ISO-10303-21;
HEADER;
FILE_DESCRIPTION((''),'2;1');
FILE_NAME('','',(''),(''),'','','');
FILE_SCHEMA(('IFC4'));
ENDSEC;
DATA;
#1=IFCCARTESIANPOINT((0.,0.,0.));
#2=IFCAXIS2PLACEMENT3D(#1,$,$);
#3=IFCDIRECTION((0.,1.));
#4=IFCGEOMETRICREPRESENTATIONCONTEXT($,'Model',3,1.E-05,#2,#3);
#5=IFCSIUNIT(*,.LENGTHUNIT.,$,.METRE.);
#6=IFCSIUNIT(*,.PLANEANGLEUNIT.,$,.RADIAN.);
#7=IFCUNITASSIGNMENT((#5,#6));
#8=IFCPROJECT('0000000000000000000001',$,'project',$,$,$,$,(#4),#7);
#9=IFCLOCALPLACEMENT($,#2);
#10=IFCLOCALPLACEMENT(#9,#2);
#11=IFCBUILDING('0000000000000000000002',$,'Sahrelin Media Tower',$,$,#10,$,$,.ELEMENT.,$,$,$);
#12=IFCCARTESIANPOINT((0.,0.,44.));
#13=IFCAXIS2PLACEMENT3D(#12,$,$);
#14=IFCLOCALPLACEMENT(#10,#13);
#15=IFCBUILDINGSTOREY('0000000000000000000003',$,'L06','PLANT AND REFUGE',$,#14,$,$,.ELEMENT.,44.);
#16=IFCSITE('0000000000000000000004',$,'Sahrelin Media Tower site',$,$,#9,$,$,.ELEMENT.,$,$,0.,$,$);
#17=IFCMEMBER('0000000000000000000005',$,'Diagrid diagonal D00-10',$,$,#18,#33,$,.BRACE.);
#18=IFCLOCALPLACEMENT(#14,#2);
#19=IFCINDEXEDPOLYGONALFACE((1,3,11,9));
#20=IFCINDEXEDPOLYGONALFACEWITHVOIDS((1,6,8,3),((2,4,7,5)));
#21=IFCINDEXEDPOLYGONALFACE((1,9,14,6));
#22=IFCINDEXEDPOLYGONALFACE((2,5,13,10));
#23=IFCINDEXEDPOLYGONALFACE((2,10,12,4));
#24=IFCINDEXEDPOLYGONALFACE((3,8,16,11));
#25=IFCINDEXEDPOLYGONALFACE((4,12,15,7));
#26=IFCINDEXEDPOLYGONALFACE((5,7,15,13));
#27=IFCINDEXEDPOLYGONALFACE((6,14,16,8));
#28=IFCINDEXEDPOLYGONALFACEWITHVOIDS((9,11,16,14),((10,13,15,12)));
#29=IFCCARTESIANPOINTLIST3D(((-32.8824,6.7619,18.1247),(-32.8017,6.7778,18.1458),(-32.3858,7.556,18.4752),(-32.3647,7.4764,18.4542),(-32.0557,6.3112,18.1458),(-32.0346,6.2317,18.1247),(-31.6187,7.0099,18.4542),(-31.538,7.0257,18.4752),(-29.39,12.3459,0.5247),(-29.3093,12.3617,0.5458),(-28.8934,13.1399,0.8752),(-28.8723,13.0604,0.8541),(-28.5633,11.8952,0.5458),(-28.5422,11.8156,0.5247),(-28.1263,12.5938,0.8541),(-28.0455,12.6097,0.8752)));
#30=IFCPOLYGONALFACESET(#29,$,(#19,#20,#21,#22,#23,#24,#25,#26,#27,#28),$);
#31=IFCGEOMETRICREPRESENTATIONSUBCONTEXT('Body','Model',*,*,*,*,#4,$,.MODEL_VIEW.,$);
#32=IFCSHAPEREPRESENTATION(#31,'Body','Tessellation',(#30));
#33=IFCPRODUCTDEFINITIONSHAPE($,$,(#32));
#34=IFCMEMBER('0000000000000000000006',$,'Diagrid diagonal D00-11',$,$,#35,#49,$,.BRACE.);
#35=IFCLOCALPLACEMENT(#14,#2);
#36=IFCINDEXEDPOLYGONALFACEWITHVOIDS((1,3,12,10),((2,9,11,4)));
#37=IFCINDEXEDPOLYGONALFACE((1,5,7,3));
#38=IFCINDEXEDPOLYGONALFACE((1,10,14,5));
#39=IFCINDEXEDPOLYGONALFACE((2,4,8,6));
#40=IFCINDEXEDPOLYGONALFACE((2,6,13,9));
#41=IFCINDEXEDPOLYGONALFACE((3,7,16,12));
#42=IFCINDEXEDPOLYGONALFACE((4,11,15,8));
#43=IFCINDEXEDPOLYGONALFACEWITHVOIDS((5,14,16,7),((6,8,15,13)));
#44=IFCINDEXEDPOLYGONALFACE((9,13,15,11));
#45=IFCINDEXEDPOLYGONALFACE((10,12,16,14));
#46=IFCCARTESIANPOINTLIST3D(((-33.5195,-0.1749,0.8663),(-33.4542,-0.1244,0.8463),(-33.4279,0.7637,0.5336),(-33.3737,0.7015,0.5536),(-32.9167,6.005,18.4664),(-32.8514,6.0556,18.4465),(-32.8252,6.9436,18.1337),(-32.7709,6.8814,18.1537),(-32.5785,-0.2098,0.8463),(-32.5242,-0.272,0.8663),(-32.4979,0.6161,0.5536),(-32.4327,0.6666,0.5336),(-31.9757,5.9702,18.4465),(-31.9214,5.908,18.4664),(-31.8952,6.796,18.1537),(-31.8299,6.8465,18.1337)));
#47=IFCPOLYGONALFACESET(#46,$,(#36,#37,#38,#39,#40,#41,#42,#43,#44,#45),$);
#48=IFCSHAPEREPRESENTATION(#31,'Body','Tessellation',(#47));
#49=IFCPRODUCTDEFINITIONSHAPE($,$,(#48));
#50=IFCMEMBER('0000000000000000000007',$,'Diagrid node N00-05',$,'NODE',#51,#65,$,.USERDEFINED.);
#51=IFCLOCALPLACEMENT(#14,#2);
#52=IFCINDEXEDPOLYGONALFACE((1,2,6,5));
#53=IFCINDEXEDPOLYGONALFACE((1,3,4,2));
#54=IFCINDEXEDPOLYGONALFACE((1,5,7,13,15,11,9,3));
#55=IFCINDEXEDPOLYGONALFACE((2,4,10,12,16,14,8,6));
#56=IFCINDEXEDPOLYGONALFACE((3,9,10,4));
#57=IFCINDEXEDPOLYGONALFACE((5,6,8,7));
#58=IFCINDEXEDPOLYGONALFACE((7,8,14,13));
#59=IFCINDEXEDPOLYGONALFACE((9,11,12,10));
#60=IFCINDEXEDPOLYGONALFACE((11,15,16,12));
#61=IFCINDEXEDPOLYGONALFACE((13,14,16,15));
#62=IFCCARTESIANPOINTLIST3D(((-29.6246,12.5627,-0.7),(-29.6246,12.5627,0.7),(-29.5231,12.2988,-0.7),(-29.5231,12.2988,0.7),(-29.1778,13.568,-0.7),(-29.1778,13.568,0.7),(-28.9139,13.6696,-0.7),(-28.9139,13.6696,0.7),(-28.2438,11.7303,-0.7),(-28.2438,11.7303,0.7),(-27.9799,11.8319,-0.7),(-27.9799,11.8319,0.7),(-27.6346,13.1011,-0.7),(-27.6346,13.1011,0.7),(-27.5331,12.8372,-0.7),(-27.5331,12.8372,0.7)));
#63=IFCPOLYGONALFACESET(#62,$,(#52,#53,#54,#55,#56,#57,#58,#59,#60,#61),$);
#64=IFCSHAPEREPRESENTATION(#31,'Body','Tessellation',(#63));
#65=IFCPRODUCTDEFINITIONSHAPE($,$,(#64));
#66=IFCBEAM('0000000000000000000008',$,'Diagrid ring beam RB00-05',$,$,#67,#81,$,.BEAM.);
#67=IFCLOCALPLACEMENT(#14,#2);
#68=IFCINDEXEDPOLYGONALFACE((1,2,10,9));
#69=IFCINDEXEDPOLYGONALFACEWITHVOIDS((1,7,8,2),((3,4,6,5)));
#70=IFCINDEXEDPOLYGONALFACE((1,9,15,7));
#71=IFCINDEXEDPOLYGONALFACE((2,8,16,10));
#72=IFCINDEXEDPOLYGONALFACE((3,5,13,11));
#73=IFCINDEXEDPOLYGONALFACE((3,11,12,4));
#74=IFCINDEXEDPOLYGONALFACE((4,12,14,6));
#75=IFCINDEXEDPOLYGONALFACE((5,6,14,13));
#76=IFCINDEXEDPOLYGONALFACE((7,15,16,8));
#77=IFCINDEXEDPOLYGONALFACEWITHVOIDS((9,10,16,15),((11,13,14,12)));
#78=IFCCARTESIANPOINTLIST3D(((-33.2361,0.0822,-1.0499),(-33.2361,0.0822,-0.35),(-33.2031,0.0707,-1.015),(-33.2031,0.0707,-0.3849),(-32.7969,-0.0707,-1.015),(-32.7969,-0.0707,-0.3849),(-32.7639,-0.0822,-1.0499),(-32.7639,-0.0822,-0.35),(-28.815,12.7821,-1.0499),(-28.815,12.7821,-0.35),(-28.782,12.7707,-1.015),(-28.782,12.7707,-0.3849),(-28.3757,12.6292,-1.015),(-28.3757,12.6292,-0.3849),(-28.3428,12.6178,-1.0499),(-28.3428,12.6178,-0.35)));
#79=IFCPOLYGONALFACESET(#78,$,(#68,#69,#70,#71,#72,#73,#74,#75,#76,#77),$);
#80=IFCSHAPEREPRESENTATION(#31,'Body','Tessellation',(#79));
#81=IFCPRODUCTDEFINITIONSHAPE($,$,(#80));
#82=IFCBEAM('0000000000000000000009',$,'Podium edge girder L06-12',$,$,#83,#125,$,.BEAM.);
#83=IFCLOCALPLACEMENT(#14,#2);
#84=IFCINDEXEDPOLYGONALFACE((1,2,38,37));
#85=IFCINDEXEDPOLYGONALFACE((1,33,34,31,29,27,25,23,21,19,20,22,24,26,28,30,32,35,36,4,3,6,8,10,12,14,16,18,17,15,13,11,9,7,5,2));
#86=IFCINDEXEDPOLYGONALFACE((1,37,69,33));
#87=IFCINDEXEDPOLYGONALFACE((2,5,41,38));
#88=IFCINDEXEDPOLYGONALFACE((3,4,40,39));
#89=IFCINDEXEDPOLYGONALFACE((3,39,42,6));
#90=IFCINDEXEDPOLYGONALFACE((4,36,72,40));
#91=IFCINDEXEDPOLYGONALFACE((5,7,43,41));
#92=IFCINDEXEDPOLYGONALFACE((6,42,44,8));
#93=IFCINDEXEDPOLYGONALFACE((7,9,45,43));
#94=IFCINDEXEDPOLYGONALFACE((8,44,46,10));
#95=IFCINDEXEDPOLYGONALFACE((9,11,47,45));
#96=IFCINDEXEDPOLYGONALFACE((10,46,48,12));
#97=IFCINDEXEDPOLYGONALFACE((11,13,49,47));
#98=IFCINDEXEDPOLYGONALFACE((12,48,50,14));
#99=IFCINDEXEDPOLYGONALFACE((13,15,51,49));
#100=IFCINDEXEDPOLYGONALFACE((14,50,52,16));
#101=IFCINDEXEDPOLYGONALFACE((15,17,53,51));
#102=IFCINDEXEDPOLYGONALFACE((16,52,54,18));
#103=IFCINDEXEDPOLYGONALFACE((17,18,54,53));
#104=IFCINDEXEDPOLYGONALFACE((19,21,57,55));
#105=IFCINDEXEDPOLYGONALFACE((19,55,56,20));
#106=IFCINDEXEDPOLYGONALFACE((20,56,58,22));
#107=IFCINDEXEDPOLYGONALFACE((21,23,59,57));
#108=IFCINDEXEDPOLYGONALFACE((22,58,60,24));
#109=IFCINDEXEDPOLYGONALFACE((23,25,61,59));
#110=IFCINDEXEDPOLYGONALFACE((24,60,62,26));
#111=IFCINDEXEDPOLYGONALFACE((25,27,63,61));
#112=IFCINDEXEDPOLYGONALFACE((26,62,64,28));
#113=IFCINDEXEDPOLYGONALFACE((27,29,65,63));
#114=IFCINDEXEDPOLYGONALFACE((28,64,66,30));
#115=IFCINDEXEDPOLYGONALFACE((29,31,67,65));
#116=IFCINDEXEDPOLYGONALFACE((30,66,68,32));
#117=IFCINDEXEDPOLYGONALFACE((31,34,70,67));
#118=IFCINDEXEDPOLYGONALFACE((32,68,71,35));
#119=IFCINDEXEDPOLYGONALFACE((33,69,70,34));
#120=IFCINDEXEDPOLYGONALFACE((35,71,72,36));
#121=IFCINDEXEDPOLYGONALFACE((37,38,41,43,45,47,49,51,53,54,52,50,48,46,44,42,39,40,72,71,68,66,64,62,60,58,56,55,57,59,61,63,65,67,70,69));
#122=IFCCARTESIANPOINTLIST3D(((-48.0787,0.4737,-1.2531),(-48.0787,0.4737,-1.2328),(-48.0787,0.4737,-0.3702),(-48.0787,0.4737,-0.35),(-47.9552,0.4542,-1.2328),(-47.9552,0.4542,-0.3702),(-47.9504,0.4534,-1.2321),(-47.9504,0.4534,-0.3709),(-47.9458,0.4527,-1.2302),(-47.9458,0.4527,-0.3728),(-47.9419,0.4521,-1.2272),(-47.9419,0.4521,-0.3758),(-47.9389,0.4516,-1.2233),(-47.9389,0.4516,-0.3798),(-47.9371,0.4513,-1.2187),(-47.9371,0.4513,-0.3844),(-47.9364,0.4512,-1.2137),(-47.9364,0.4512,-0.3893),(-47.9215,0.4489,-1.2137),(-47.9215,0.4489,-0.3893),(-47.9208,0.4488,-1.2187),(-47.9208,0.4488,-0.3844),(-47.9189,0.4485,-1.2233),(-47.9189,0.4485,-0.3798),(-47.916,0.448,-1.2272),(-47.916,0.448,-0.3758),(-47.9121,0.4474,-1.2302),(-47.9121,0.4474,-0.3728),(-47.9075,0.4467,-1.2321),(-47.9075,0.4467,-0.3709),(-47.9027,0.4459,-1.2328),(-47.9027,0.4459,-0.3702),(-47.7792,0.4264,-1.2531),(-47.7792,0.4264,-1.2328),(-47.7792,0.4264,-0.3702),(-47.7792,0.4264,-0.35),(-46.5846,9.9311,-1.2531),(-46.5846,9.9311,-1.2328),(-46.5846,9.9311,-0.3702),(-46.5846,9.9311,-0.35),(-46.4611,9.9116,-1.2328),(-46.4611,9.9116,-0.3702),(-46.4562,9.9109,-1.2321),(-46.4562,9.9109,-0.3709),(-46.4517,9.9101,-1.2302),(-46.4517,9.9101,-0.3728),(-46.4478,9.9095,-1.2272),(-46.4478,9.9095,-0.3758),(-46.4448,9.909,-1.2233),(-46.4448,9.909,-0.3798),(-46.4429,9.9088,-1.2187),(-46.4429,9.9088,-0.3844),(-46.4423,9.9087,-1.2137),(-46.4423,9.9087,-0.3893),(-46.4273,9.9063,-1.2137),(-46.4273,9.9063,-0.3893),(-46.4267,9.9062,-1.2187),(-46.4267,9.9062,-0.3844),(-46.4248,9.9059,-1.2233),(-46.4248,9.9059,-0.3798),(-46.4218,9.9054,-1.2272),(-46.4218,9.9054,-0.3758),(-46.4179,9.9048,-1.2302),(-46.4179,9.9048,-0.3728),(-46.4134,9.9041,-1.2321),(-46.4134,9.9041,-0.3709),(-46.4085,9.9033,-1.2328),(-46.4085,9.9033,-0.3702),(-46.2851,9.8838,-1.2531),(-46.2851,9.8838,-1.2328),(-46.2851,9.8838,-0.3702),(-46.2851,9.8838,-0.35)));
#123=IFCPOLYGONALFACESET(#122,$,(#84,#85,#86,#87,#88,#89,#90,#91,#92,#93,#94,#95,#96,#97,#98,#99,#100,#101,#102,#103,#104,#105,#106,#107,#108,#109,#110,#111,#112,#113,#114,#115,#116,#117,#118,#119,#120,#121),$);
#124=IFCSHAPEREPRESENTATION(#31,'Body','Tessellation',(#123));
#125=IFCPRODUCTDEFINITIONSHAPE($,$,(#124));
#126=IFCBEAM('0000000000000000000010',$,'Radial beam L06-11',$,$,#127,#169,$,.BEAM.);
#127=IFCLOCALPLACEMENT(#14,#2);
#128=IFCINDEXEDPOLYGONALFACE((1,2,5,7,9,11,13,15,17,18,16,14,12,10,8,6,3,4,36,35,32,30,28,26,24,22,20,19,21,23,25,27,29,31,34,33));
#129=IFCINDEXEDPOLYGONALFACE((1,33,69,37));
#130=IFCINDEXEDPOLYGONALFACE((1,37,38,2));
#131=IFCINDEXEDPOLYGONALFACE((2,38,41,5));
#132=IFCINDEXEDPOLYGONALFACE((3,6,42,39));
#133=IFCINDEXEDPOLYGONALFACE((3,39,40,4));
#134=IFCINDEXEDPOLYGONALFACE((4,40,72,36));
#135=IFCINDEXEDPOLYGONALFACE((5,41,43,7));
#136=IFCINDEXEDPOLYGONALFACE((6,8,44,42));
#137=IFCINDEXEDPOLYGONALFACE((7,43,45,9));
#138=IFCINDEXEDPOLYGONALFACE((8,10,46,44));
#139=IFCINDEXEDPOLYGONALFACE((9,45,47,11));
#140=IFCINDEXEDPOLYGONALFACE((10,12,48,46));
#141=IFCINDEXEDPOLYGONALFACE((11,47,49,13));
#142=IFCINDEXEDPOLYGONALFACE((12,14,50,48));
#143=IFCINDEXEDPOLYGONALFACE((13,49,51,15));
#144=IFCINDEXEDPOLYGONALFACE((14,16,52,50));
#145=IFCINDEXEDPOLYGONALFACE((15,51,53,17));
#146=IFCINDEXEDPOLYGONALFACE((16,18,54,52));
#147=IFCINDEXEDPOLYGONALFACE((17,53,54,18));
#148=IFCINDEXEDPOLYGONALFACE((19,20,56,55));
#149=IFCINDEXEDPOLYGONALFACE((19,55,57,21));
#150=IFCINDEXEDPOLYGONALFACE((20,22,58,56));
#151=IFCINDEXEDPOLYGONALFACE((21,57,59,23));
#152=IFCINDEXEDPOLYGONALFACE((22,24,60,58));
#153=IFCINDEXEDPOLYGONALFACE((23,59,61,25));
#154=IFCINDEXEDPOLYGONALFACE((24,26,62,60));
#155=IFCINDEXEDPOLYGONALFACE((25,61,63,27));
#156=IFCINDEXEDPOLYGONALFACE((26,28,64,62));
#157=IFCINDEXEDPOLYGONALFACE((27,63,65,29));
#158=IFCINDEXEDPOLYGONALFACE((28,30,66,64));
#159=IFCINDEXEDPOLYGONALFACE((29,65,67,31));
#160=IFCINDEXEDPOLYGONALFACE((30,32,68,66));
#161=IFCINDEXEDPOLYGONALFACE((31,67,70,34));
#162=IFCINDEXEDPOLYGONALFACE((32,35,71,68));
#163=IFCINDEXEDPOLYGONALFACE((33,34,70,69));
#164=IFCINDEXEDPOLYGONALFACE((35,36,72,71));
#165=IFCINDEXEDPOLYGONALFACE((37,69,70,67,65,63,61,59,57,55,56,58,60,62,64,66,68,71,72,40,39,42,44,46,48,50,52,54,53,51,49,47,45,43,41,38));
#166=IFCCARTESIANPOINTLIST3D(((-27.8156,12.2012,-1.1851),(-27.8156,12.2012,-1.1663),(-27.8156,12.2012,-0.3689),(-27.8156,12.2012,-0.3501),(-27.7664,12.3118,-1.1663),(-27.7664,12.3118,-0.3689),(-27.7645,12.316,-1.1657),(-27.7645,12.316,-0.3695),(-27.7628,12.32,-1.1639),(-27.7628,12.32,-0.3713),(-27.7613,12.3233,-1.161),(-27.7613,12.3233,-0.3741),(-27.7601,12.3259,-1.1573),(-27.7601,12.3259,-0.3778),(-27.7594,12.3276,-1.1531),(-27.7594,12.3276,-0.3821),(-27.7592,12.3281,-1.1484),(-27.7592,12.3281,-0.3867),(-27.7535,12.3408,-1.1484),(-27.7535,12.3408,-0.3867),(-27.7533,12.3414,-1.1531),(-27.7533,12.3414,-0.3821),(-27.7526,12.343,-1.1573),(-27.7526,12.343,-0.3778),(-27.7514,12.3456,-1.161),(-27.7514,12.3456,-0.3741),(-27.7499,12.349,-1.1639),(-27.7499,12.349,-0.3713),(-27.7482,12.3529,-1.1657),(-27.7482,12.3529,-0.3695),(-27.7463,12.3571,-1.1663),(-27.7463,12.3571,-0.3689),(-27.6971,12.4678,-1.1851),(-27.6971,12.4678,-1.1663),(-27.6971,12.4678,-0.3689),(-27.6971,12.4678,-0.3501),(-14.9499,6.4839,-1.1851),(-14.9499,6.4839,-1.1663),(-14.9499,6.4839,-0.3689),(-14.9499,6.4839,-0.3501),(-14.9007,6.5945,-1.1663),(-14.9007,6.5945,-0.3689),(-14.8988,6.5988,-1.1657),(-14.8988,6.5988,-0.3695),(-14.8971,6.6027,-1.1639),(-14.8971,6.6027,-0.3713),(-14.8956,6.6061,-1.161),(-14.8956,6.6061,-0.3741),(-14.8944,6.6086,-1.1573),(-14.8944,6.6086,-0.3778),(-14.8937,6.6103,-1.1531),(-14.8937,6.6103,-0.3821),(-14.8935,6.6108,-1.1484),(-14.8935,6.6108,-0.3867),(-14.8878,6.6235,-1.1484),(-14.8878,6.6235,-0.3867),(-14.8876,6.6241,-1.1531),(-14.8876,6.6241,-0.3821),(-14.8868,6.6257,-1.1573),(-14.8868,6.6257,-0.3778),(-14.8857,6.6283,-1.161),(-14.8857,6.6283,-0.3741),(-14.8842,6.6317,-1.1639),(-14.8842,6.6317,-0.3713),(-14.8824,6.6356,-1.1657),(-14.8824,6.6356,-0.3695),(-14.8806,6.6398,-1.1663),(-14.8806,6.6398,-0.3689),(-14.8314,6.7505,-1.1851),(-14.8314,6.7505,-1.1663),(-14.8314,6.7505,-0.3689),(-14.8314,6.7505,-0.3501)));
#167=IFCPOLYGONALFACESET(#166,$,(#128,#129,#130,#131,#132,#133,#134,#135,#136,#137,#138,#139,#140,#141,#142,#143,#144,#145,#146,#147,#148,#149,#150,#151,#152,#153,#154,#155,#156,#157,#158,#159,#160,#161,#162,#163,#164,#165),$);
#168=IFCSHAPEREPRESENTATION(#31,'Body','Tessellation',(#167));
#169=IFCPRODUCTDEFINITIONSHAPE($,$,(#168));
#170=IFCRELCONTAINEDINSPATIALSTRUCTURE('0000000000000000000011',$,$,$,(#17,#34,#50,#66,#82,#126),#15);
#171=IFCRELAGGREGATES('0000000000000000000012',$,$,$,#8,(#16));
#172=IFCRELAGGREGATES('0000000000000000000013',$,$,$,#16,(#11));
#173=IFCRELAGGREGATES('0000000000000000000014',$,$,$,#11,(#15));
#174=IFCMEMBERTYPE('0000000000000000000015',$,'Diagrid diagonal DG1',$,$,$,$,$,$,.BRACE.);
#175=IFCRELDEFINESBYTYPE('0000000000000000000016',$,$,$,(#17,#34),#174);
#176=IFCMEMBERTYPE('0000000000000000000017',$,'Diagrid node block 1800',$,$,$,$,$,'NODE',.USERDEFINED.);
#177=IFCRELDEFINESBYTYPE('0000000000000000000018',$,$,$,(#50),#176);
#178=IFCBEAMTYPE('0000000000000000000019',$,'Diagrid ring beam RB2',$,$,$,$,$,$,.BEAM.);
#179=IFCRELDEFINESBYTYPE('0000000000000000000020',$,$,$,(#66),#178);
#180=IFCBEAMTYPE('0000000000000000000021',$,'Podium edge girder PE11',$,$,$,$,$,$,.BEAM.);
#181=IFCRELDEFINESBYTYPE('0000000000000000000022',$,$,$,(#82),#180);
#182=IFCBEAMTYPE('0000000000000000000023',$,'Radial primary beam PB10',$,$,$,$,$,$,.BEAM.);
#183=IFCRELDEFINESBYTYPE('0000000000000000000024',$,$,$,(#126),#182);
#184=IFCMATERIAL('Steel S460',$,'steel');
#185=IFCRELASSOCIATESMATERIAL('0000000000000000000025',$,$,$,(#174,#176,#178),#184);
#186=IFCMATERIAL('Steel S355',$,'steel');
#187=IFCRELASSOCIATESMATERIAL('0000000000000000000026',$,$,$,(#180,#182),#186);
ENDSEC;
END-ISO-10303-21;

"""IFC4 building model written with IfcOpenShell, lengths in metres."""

from ifc_helpers import new_model, si_unit, direction, frame, origin, origin_2d, place, context, subcontext, project, spatial, polyline, hollow_rectangle, i_section, outline, extrude, material, material_profile, profile_set, type_object, element, save


model = new_model("IFC4")

# Units and contexts
model_context = context("Model", 3, precision=1e-05, world=origin(), true_north=direction((0.0, 1.0)))
body_context = subcontext(model_context, "Body", "Model", "MODEL_VIEW")
ifc_project = project(units=[si_unit("LENGTHUNIT", "METRE"), si_unit("PLANEANGLEUNIT", "RADIAN")], contexts=[model_context])

# Site, building, storey
site_placement = place(None, origin())
site = spatial("IfcSite", under=ifc_project, at=site_placement, Name="Sahrelin Media Tower site", CompositionType="ELEMENT", RefElevation=0.0)
building_placement = place(site_placement, origin())
building = spatial("IfcBuilding", under=site, at=building_placement, Name="Sahrelin Media Tower", CompositionType="ELEMENT")
storey_placement = place(building_placement, frame((0.0, 0.0, 44.0)))
storey = spatial("IfcBuildingStorey", under=building, at=storey_placement, Name="L06", Description="PLANT AND REFUGE", CompositionType="ELEMENT", Elevation=44.0)

# Members
ifc_material_1 = material(Name="Steel S460", Category="steel")
ifc_material_profile_1 = material_profile(ifc_material_1, hollow_rectangle(XDim=1.0, YDim=1.0, WallThickness=0.0601, at=origin_2d()), Name="Diagrid diagonal DG1")
ifc_profile_set_1 = profile_set([ifc_material_profile_1], Name="Steel S460")
member_type_1 = type_object("IfcMemberType", Name="Diagrid diagonal DG1", PredefinedType="BRACE", material=ifc_profile_set_1)
member_1_placement = place(storey_placement, frame((-28.7178, 12.4778, 0.7), z_axis=(-0.185846, -0.297146, 0.936571), x_axis=(0.847832, -0.530265, 0.0)))
element("IfcMember", 1, at=member_1_placement, inside=storey, type_object=member_type_1, Name="Diagrid diagonal D00-10", PredefinedType="BRACE", context=body_context, shape_type="SweptSolid", body=[
    extrude(hollow_rectangle(XDim=1.0, YDim=1.0, WallThickness=0.0601, at=origin_2d()), origin(), (0.0, 0.0, 1.0), 18.792),
])
member_2_placement = place(storey_placement, frame((-32.9761, 0.2458, 0.7), z_axis=(0.032298, 0.331128, 0.943033), x_axis=(-0.995277, 0.097078, 0.0)))
element("IfcMember", 2, at=member_2_placement, inside=storey, type_object=member_type_1, Name="Diagrid diagonal D00-11", PredefinedType="BRACE", context=body_context, shape_type="SweptSolid", body=[
    extrude(hollow_rectangle(XDim=1.0, YDim=1.0, WallThickness=0.0601, at=origin_2d()), origin(), (0.0, 0.0, 1.0), 18.6633),
])
ifc_material_profile_2 = material_profile(ifc_material_1, outline(polyline([(0.7, -0.75), (0.8999, -0.55), (0.8999, 0.55), (0.7, 0.75), (-0.7, 0.75), (-0.8999, 0.55), (-0.8999, -0.55), (-0.7, -0.75), (0.7, -0.75)])), Name="Diagrid node block 1800")
ifc_profile_set_2 = profile_set([ifc_material_profile_2], Name="Steel S460")
member_type_2 = type_object("IfcMemberType", Name="Diagrid node block 1800", ElementType="NODE", PredefinedType="USERDEFINED", material=ifc_profile_set_2)
member_3_placement = place(storey_placement, frame((-28.5789, 12.7, -0.7), z_axis=(0.0, 0.0, 1.0), x_axis=(-0.913831, 0.406094, 0.0)))
element("IfcMember", 3, at=member_3_placement, inside=storey, type_object=member_type_2, Name="Diagrid node N00-05", ObjectType="NODE", PredefinedType="USERDEFINED", context=body_context, shape_type="SweptSolid", body=[
    extrude(outline(polyline([(0.7, -0.75), (0.8999, -0.55), (0.8999, 0.55), (0.7, 0.75), (-0.7, 0.75), (-0.8999, 0.55), (-0.8999, -0.55), (-0.7, -0.75), (0.7, -0.75)])), origin(), (0.0, 0.0, 1.0), 1.3999),
])

# Beams
ifc_material_profile_3 = material_profile(ifc_material_1, hollow_rectangle(XDim=0.5, YDim=0.7, WallThickness=0.0349, at=origin_2d()), Name="Diagrid ring beam RB2")
ifc_profile_set_3 = profile_set([ifc_material_profile_3], Name="Steel S460")
beam_type_1 = type_object("IfcBeamType", Name="Diagrid ring beam RB2", PredefinedType="BEAM", material=ifc_profile_set_3)
beam_1_placement = place(storey_placement, frame((-28.5789, 12.7, -0.7), z_axis=(-0.328771, -0.94441, 0.0), x_axis=(0.94441, -0.328771, 0.0)))
element("IfcBeam", 4, at=beam_1_placement, inside=storey, type_object=beam_type_1, Name="Diagrid ring beam RB00-05", PredefinedType="BEAM", context=body_context, shape_type="SweptSolid", body=[
    extrude(hollow_rectangle(XDim=0.5, YDim=0.7, WallThickness=0.0349, at=origin_2d()), origin(), (0.0, 0.0, 1.0), 13.4475),
])
ifc_material_2 = material(Name="Steel S355", Category="steel")
ifc_material_profile_4 = material_profile(ifc_material_2, i_section(OverallWidth=0.3032, OverallDepth=0.9031, WebThickness=0.0151, FlangeThickness=0.0203, FilletRadius=0.019, at=origin_2d()), Name="UB 914x305x201")
ifc_profile_set_4 = profile_set([ifc_material_profile_4], Name="Steel S355")
beam_type_2 = type_object("IfcBeamType", Name="Podium edge girder PE11", PredefinedType="BEAM", material=ifc_profile_set_4)
beam_2_placement = place(storey_placement, frame((-46.4348, 9.9075, -0.8015), z_axis=(-0.156049, -0.987749, 0.0), x_axis=(0.987749, -0.156049, 0.0)))
element("IfcBeam", 5, at=beam_2_placement, inside=storey, type_object=beam_type_2, Name="Podium edge girder L06-12", PredefinedType="BEAM", context=body_context, shape_type="SweptSolid", body=[
    extrude(i_section(OverallWidth=0.3032, OverallDepth=0.9031, WebThickness=0.0151, FlangeThickness=0.0203, FilletRadius=0.019, at=origin_2d()), origin(), (0.0, 0.0, 1.0), 9.5747),
])
ifc_material_profile_5 = material_profile(ifc_material_2, i_section(OverallWidth=0.2917, OverallDepth=0.835, WebThickness=0.0139, FlangeThickness=0.0188, FilletRadius=0.0178, at=origin_2d()), Name="UB 838x292x176")
ifc_profile_set_5 = profile_set([ifc_material_profile_5], Name="Steel S355")
beam_type_3 = type_object("IfcBeamType", Name="Radial primary beam PB10", PredefinedType="BEAM", material=ifc_profile_set_5)
beam_3_placement = place(storey_placement, frame((-14.8906, 6.6172, -0.7676), z_axis=(-0.913833, 0.40609, 0.0), x_axis=(-0.40609, -0.913833, 0.0)))
element("IfcBeam", 6, at=beam_3_placement, inside=storey, type_object=beam_type_3, Name="Radial beam L06-11", PredefinedType="BEAM", context=body_context, shape_type="SweptSolid", body=[
    extrude(i_section(OverallWidth=0.2917, OverallDepth=0.835, WebThickness=0.0139, FlangeThickness=0.0188, FilletRadius=0.0178, at=origin_2d()), origin(), (0.0, 0.0, 1.0), 14.0789),
])

save(model, "model.ifc")
